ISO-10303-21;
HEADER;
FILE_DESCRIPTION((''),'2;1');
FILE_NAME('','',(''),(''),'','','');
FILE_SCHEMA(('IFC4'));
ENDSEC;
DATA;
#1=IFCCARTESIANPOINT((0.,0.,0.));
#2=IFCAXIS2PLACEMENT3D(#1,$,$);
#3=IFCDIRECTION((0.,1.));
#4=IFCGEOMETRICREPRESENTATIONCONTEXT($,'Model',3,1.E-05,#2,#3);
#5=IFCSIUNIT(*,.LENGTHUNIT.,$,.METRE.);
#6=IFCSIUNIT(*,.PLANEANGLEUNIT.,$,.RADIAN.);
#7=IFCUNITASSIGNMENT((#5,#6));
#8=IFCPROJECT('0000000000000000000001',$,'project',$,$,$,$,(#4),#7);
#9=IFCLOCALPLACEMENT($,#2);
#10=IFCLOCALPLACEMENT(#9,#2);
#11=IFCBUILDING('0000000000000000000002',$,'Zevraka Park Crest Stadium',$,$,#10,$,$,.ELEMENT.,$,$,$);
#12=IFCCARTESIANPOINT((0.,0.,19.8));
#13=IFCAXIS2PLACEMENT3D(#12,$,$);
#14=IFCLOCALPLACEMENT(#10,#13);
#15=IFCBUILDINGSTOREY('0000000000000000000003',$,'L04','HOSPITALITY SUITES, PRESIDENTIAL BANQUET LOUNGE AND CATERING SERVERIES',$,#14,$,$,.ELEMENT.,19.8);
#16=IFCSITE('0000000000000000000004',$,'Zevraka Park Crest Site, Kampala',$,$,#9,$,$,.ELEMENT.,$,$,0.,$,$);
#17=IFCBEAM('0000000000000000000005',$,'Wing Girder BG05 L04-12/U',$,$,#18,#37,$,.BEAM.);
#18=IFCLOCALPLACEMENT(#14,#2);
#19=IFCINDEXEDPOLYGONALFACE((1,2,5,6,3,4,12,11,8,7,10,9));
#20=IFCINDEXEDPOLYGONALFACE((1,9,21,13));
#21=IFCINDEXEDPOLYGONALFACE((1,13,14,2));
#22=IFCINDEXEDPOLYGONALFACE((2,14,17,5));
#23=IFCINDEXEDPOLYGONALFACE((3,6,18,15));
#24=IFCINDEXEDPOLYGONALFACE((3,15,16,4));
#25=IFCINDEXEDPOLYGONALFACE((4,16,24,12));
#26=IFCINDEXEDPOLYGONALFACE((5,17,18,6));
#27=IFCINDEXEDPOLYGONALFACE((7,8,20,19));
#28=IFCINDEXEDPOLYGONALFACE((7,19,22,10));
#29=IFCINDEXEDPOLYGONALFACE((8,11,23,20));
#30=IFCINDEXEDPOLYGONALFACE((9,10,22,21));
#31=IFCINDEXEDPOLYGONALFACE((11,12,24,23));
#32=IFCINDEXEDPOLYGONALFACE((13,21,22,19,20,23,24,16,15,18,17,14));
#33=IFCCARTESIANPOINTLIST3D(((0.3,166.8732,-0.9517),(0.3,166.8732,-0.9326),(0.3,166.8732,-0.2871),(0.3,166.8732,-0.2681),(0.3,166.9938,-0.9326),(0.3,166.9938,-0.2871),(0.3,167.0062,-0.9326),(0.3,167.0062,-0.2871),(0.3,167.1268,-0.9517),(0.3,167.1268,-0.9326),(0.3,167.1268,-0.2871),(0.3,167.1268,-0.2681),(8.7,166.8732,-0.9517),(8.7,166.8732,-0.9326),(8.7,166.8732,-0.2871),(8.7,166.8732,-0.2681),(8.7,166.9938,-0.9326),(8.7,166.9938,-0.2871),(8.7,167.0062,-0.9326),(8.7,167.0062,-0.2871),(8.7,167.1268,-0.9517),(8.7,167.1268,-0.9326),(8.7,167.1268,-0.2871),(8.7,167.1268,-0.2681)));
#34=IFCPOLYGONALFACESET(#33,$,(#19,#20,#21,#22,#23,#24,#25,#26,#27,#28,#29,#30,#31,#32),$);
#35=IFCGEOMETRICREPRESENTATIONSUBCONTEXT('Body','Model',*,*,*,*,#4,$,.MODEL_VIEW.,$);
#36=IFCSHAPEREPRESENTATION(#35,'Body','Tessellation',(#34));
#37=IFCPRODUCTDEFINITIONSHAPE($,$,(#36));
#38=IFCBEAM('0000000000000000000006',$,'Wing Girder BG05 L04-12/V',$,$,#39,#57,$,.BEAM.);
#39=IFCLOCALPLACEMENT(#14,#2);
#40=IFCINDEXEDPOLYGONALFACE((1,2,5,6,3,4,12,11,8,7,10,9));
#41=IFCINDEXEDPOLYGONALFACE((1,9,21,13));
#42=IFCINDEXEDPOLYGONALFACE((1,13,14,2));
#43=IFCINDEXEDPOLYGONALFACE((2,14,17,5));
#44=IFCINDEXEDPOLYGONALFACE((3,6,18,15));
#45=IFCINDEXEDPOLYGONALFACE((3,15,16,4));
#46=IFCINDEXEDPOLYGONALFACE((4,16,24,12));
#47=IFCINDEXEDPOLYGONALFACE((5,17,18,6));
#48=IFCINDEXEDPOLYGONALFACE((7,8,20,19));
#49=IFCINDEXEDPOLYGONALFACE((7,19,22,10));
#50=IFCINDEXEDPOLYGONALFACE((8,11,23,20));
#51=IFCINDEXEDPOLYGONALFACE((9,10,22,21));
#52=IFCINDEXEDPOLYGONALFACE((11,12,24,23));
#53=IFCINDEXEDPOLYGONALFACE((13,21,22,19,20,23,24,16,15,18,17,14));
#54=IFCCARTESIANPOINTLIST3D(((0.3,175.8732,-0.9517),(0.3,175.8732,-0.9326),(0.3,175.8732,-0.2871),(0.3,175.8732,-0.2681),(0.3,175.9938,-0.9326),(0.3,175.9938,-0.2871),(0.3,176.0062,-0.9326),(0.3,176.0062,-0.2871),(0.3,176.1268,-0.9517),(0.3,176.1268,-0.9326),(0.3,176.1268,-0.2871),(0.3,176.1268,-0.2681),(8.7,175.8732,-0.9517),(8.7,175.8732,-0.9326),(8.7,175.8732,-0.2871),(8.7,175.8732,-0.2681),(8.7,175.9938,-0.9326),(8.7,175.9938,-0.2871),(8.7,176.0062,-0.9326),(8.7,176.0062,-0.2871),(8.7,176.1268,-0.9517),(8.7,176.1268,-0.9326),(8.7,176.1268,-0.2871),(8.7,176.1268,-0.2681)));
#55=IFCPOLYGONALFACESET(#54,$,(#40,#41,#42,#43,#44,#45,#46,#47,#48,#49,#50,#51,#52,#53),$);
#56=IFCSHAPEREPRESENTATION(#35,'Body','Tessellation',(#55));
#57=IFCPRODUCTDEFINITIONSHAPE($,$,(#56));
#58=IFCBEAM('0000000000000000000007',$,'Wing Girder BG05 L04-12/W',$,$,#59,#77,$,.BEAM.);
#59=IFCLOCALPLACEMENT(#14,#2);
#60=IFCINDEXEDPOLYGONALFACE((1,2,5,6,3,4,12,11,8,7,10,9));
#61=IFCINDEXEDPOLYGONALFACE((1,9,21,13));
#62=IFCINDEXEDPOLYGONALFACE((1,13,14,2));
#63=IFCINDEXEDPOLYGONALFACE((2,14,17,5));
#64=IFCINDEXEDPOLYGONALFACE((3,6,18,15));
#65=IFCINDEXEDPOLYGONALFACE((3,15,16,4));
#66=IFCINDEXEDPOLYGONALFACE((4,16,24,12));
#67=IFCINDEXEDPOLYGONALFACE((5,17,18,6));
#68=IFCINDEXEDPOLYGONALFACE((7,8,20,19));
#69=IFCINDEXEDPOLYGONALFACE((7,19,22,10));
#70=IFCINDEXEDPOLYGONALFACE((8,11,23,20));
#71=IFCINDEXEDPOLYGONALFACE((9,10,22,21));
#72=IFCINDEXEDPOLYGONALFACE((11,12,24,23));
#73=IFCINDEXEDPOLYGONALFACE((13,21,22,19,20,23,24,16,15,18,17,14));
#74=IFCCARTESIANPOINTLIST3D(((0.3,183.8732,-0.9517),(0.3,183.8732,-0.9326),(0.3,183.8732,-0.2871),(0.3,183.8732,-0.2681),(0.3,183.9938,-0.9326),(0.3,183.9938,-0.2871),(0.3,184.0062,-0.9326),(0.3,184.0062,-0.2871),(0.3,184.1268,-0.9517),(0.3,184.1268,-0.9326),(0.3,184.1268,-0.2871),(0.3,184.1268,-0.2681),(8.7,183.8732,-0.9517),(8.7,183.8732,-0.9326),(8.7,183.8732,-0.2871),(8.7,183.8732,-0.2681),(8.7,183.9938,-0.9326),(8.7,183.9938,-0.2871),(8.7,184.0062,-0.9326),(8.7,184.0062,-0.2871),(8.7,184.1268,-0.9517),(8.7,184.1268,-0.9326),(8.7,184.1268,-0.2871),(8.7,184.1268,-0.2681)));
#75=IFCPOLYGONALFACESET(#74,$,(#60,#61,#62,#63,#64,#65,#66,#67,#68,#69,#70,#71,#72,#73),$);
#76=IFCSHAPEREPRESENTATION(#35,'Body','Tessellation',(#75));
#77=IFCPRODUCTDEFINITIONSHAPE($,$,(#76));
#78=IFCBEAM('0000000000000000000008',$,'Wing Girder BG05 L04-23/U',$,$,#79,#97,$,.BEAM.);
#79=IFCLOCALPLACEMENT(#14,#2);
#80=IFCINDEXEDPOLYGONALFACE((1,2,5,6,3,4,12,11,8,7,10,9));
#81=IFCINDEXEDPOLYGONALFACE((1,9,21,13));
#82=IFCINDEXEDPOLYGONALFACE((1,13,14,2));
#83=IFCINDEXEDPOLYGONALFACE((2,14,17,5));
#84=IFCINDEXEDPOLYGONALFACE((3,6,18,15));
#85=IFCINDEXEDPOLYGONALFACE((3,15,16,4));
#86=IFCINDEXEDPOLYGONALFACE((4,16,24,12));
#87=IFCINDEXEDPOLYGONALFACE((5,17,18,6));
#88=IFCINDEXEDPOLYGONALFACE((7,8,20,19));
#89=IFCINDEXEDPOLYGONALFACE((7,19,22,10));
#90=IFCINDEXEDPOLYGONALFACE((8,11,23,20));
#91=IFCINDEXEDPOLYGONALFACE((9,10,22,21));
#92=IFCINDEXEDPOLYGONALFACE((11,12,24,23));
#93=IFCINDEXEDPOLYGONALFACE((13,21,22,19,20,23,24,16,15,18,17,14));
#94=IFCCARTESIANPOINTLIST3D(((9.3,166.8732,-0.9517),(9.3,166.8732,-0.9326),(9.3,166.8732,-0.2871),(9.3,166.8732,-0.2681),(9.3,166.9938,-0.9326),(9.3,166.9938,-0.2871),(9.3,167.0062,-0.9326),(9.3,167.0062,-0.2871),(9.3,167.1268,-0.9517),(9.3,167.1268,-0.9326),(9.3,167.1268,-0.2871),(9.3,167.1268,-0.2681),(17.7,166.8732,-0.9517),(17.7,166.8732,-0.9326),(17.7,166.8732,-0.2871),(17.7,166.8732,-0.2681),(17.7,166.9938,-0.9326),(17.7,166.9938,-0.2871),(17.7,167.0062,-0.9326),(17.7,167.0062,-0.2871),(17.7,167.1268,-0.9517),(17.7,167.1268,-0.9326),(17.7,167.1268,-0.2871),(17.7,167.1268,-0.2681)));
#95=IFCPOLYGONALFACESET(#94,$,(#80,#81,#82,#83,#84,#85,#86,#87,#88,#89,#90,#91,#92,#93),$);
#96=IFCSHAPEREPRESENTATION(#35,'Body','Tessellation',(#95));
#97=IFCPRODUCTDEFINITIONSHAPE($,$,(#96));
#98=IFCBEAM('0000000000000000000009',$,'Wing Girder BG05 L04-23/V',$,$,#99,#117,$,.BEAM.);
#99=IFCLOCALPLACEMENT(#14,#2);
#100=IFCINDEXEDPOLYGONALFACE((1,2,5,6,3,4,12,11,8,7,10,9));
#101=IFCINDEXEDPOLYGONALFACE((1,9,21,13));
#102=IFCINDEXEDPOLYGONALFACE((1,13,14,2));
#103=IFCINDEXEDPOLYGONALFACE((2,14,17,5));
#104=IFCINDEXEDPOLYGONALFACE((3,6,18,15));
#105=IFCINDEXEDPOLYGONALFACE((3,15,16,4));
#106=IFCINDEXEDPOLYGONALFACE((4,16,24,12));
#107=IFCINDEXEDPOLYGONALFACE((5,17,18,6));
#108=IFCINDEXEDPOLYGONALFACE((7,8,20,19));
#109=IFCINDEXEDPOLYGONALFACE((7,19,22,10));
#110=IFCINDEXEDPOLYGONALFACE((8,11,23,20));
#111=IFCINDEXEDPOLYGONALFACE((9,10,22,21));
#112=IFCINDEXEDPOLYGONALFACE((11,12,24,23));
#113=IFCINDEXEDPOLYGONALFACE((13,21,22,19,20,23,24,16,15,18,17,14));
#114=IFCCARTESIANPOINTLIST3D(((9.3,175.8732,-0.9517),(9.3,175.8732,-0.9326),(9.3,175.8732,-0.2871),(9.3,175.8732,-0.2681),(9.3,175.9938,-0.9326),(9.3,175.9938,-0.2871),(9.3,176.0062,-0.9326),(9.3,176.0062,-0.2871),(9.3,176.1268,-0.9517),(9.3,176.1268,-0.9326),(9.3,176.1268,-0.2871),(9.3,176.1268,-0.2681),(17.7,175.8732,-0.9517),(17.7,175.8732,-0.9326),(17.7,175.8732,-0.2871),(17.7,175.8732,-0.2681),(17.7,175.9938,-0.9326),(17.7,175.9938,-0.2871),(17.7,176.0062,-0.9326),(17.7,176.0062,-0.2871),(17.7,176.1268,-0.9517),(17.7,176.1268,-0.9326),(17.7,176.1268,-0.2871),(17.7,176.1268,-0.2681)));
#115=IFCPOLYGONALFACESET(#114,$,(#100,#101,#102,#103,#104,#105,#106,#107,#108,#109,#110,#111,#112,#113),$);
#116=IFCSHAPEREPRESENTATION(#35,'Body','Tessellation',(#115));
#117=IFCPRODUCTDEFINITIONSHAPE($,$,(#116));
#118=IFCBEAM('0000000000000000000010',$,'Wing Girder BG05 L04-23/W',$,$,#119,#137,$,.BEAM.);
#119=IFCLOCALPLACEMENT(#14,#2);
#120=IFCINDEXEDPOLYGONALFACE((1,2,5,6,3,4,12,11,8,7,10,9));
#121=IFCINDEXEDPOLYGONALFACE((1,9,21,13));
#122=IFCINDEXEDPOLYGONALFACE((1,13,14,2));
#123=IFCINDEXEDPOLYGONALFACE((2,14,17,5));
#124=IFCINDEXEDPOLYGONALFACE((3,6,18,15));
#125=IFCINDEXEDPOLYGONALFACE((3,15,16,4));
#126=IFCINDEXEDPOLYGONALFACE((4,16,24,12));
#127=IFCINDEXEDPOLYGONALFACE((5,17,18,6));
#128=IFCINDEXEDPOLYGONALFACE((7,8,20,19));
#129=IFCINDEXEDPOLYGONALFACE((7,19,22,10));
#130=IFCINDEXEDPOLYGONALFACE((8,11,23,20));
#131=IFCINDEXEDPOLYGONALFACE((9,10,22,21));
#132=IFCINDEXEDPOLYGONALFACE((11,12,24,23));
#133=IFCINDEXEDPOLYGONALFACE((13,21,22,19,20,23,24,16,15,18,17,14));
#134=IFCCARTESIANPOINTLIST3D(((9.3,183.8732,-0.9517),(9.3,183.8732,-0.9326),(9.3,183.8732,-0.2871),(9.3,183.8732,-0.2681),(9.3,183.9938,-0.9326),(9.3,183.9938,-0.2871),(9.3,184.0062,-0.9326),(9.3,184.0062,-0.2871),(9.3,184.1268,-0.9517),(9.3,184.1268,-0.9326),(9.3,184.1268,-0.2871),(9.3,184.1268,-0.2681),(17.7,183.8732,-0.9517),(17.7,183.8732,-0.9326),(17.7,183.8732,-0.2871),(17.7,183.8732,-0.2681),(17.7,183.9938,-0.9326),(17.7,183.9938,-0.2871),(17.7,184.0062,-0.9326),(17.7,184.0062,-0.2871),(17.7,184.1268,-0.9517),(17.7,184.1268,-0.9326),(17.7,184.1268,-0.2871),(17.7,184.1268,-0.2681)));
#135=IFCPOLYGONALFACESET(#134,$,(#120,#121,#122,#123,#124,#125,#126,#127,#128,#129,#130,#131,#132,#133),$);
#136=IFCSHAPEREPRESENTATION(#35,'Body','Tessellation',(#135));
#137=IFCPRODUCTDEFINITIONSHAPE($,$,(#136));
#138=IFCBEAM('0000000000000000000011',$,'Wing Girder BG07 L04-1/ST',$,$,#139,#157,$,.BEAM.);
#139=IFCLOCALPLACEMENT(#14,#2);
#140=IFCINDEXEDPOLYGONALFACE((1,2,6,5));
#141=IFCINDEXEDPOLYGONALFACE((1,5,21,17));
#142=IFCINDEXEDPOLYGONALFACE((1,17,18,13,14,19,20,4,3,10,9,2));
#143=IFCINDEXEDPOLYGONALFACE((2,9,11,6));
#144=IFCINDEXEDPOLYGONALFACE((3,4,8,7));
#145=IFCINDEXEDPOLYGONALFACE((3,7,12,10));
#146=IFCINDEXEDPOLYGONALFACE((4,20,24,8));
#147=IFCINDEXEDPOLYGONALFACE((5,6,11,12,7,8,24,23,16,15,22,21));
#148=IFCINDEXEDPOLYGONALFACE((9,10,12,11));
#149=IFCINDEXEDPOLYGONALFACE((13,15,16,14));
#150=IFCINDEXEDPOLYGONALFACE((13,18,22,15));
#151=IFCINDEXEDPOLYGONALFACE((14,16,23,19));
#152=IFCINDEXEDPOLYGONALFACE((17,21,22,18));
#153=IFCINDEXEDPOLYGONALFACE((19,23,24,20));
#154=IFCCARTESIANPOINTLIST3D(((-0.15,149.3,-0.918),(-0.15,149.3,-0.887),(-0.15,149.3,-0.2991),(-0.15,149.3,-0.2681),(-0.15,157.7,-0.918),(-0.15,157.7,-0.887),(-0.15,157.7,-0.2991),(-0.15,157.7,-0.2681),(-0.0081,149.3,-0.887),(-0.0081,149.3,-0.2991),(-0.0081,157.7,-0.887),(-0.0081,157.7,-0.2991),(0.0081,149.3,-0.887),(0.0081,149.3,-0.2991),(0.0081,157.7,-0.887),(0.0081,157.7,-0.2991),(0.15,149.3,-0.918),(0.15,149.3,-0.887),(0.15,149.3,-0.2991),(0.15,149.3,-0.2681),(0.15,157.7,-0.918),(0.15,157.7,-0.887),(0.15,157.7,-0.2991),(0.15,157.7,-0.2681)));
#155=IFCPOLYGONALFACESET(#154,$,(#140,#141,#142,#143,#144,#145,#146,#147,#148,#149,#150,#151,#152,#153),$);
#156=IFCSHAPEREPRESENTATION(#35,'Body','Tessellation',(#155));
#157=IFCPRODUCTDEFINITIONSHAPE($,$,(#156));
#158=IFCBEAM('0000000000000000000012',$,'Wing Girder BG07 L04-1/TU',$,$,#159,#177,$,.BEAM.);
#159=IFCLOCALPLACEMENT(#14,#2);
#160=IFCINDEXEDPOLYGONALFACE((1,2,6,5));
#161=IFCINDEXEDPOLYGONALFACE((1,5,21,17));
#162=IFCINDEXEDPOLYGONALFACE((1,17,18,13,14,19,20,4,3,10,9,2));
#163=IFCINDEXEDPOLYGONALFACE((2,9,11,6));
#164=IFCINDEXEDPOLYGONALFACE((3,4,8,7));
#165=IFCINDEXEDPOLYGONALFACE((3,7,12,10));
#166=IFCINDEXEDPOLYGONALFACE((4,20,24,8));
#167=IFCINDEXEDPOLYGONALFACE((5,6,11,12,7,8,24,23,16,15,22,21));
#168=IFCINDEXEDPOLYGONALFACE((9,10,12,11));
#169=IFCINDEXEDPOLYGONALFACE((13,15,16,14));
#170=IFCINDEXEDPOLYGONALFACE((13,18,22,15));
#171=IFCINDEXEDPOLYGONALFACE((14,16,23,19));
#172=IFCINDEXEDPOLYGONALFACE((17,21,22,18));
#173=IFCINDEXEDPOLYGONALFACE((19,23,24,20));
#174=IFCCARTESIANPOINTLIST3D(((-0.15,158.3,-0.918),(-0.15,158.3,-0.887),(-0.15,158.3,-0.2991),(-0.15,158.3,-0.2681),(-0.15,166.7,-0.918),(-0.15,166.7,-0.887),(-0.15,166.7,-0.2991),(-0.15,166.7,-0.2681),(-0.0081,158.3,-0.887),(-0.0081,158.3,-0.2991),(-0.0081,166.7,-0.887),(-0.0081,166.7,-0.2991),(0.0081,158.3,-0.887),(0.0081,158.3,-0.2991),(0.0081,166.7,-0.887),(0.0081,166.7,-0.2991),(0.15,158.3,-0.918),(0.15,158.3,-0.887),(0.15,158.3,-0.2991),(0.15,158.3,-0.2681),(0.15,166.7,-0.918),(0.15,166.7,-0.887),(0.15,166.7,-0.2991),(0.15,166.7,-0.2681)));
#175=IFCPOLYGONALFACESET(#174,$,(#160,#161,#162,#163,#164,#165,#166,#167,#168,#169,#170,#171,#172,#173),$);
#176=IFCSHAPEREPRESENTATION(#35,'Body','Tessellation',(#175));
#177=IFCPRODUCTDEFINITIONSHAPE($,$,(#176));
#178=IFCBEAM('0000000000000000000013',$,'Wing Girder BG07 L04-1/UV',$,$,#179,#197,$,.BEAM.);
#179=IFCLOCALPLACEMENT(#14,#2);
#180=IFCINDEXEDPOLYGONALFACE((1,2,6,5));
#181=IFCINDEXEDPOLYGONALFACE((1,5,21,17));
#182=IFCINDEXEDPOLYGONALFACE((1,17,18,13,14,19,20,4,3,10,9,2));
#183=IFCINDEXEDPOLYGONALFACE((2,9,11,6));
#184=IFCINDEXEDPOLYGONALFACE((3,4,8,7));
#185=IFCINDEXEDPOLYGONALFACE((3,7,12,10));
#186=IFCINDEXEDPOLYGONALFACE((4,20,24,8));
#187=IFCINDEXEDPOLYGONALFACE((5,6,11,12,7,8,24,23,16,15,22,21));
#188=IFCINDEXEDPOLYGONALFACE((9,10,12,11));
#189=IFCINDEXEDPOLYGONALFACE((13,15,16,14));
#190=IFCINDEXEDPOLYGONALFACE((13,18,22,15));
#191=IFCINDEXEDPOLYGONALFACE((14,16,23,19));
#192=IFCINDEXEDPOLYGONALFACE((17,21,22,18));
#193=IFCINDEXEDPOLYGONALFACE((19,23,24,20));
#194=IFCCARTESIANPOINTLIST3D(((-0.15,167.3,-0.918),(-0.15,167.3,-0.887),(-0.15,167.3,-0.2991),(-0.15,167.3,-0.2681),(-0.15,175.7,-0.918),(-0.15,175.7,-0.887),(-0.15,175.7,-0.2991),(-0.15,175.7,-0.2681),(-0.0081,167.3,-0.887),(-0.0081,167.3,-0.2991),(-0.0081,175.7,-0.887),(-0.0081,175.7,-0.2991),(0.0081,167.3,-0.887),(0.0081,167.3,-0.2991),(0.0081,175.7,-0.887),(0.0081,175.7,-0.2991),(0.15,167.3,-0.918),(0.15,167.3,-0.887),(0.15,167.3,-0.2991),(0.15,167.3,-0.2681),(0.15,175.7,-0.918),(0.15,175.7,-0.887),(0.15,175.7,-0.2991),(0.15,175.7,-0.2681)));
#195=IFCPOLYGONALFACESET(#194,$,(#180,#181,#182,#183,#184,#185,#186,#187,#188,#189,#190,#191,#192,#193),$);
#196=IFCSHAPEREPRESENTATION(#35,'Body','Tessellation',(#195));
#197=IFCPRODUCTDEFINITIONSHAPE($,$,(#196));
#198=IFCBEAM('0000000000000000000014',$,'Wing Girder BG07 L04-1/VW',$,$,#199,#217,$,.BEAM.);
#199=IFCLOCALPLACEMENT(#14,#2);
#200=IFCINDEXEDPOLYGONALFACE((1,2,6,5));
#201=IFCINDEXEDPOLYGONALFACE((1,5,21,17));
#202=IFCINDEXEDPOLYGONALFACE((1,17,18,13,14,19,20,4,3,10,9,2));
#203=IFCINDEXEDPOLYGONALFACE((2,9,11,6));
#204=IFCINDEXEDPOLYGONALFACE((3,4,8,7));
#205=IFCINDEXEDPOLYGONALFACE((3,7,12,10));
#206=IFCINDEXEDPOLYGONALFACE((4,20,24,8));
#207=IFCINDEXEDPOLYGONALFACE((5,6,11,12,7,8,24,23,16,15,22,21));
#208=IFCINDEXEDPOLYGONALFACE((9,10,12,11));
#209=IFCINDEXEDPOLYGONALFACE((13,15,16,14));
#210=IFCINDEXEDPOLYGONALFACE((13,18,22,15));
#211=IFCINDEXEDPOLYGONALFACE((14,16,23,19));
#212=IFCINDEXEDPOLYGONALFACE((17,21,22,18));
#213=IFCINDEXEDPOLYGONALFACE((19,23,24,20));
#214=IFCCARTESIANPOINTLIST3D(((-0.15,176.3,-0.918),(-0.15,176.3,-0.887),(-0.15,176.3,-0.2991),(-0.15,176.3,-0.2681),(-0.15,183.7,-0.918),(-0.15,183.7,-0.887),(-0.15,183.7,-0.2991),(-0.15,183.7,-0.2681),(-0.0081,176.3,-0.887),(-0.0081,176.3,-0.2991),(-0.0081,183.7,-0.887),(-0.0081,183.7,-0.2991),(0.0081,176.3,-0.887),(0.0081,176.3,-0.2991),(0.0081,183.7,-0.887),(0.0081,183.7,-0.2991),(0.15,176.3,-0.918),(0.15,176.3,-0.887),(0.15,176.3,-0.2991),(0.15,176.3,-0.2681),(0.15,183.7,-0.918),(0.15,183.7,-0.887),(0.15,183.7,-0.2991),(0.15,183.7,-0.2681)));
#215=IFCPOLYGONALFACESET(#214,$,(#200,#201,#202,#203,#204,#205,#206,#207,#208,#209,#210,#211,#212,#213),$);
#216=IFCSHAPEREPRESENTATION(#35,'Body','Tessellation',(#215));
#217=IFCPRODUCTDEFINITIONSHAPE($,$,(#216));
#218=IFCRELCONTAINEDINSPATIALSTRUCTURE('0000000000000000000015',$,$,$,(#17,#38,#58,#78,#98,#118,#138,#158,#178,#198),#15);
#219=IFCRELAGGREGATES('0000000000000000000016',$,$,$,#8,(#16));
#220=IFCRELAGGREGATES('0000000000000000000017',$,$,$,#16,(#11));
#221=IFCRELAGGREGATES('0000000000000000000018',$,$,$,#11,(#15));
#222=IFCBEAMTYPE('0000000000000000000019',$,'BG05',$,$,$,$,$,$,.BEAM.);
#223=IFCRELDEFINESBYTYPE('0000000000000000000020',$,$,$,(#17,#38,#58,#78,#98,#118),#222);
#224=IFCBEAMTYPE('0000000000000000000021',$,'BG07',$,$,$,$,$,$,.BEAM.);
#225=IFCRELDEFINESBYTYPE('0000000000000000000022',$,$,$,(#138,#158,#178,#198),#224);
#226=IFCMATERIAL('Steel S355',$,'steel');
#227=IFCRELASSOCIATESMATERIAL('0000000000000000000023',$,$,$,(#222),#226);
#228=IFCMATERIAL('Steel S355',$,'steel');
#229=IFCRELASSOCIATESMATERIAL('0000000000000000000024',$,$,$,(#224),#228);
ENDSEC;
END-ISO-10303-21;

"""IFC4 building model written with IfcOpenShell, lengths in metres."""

from ifc_helpers import new_model, si_unit, direction, frame, origin, origin_2d, place, context, subcontext, project, spatial, i_section, extrude, material, material_profile, profile_set, type_object, element, save


model = new_model("IFC4")

# Units and contexts
model_context = context("Model", 3, precision=1e-05, world=origin(), true_north=direction((0.0, 1.0)))
body_context = subcontext(model_context, "Body", "Model", "MODEL_VIEW")
ifc_project = project(units=[si_unit("LENGTHUNIT", "METRE"), si_unit("PLANEANGLEUNIT", "RADIAN")], contexts=[model_context])

# Site, building, storey
site_placement = place(None, origin())
site = spatial("IfcSite", under=ifc_project, at=site_placement, Name="Zevraka Park Crest Site, Kampala", CompositionType="ELEMENT", RefElevation=0.0)
building_placement = place(site_placement, origin())
building = spatial("IfcBuilding", under=site, at=building_placement, Name="Zevraka Park Crest Stadium", CompositionType="ELEMENT")
storey_placement = place(building_placement, frame((0.0, 0.0, 19.8)))
storey = spatial("IfcBuildingStorey", under=building, at=storey_placement, Name="L04", Description="HOSPITALITY SUITES, PRESIDENTIAL BANQUET LOUNGE AND CATERING SERVERIES", CompositionType="ELEMENT", Elevation=19.8)

# Beams
ifc_material_1 = material(Name="Steel S355", Category="steel")
ifc_material_profile_1 = material_profile(ifc_material_1, i_section(OverallWidth=0.2537, OverallDepth=0.6836, WebThickness=0.0125, FlangeThickness=0.019, at=origin_2d()), Name="UKB 686x254x140")
ifc_profile_set_1 = profile_set([ifc_material_profile_1], Name="Steel S355")
beam_type_1 = type_object("IfcBeamType", Name="BG05", PredefinedType="BEAM", material=ifc_profile_set_1)
for number, where, z_axis, x_axis, name in (
    (1, (0.3, 167.0, -0.6099), (1.0, 0.0, 0.0), (0.0, 1.0, 0.0), "Wing Girder BG05 L04-12/U"),
    (2, (0.3, 176.0, -0.6099), (1.0, 0.0, 0.0), (0.0, 1.0, 0.0), "Wing Girder BG05 L04-12/V"),
    (3, (0.3, 184.0, -0.6099), (1.0, 0.0, 0.0), (0.0, 1.0, 0.0), "Wing Girder BG05 L04-12/W"),
    (4, (9.3, 167.0, -0.6099), (1.0, 0.0, 0.0), (0.0, 1.0, 0.0), "Wing Girder BG05 L04-23/U"),
    (5, (9.3, 176.0, -0.6099), (1.0, 0.0, 0.0), (0.0, 1.0, 0.0), "Wing Girder BG05 L04-23/V"),
    (6, (9.3, 184.0, -0.6099), (1.0, 0.0, 0.0), (0.0, 1.0, 0.0), "Wing Girder BG05 L04-23/W"),
):
    element("IfcBeam", number, at=place(storey_placement, frame(where, z_axis=z_axis, x_axis=x_axis)), inside=storey, type_object=beam_type_1, Name=name, PredefinedType="BEAM", context=body_context, shape_type="SweptSolid", body=[
        extrude(i_section(OverallWidth=0.2537, OverallDepth=0.6836, WebThickness=0.0125, FlangeThickness=0.019, at=origin_2d()), origin(), (0.0, 0.0, 1.0), 8.3999),
    ])
ifc_material_2 = material(Name="Steel S355", Category="steel")
ifc_material_profile_2 = material_profile(ifc_material_2, i_section(OverallWidth=0.3, OverallDepth=0.6499, WebThickness=0.0161, FlangeThickness=0.031, at=origin_2d()), Name="HEB 650")
ifc_profile_set_2 = profile_set([ifc_material_profile_2], Name="Steel S355")
beam_type_2 = type_object("IfcBeamType", Name="BG07", PredefinedType="BEAM", material=ifc_profile_set_2)
for number, where, z_axis, x_axis, name in (
    (7, (0.0, 149.3, -0.593), (0.0, 1.0, 0.0), (-1.0, 0.0, 0.0), "Wing Girder BG07 L04-1/ST"),
    (8, (0.0, 158.3, -0.593), (0.0, 1.0, 0.0), (-1.0, 0.0, 0.0), "Wing Girder BG07 L04-1/TU"),
    (9, (0.0, 167.3, -0.593), (0.0, 1.0, 0.0), (-1.0, 0.0, 0.0), "Wing Girder BG07 L04-1/UV"),
):
    element("IfcBeam", number, at=place(storey_placement, frame(where, z_axis=z_axis, x_axis=x_axis)), inside=storey, type_object=beam_type_2, Name=name, PredefinedType="BEAM", context=body_context, shape_type="SweptSolid", body=[
        extrude(i_section(OverallWidth=0.3, OverallDepth=0.6499, WebThickness=0.0161, FlangeThickness=0.031, at=origin_2d()), origin(), (0.0, 0.0, 1.0), 8.3999),
    ])
beam_1_placement = place(storey_placement, frame((0.0, 176.3, -0.593), z_axis=(0.0, 1.0, 0.0), x_axis=(-1.0, 0.0, 0.0)))
element("IfcBeam", 10, at=beam_1_placement, inside=storey, type_object=beam_type_2, Name="Wing Girder BG07 L04-1/VW", PredefinedType="BEAM", context=body_context, shape_type="SweptSolid", body=[
    extrude(i_section(OverallWidth=0.3, OverallDepth=0.6499, WebThickness=0.0161, FlangeThickness=0.031, at=origin_2d()), origin(), (0.0, 0.0, 1.0), 7.3999),
])

save(model, "model.ifc")
